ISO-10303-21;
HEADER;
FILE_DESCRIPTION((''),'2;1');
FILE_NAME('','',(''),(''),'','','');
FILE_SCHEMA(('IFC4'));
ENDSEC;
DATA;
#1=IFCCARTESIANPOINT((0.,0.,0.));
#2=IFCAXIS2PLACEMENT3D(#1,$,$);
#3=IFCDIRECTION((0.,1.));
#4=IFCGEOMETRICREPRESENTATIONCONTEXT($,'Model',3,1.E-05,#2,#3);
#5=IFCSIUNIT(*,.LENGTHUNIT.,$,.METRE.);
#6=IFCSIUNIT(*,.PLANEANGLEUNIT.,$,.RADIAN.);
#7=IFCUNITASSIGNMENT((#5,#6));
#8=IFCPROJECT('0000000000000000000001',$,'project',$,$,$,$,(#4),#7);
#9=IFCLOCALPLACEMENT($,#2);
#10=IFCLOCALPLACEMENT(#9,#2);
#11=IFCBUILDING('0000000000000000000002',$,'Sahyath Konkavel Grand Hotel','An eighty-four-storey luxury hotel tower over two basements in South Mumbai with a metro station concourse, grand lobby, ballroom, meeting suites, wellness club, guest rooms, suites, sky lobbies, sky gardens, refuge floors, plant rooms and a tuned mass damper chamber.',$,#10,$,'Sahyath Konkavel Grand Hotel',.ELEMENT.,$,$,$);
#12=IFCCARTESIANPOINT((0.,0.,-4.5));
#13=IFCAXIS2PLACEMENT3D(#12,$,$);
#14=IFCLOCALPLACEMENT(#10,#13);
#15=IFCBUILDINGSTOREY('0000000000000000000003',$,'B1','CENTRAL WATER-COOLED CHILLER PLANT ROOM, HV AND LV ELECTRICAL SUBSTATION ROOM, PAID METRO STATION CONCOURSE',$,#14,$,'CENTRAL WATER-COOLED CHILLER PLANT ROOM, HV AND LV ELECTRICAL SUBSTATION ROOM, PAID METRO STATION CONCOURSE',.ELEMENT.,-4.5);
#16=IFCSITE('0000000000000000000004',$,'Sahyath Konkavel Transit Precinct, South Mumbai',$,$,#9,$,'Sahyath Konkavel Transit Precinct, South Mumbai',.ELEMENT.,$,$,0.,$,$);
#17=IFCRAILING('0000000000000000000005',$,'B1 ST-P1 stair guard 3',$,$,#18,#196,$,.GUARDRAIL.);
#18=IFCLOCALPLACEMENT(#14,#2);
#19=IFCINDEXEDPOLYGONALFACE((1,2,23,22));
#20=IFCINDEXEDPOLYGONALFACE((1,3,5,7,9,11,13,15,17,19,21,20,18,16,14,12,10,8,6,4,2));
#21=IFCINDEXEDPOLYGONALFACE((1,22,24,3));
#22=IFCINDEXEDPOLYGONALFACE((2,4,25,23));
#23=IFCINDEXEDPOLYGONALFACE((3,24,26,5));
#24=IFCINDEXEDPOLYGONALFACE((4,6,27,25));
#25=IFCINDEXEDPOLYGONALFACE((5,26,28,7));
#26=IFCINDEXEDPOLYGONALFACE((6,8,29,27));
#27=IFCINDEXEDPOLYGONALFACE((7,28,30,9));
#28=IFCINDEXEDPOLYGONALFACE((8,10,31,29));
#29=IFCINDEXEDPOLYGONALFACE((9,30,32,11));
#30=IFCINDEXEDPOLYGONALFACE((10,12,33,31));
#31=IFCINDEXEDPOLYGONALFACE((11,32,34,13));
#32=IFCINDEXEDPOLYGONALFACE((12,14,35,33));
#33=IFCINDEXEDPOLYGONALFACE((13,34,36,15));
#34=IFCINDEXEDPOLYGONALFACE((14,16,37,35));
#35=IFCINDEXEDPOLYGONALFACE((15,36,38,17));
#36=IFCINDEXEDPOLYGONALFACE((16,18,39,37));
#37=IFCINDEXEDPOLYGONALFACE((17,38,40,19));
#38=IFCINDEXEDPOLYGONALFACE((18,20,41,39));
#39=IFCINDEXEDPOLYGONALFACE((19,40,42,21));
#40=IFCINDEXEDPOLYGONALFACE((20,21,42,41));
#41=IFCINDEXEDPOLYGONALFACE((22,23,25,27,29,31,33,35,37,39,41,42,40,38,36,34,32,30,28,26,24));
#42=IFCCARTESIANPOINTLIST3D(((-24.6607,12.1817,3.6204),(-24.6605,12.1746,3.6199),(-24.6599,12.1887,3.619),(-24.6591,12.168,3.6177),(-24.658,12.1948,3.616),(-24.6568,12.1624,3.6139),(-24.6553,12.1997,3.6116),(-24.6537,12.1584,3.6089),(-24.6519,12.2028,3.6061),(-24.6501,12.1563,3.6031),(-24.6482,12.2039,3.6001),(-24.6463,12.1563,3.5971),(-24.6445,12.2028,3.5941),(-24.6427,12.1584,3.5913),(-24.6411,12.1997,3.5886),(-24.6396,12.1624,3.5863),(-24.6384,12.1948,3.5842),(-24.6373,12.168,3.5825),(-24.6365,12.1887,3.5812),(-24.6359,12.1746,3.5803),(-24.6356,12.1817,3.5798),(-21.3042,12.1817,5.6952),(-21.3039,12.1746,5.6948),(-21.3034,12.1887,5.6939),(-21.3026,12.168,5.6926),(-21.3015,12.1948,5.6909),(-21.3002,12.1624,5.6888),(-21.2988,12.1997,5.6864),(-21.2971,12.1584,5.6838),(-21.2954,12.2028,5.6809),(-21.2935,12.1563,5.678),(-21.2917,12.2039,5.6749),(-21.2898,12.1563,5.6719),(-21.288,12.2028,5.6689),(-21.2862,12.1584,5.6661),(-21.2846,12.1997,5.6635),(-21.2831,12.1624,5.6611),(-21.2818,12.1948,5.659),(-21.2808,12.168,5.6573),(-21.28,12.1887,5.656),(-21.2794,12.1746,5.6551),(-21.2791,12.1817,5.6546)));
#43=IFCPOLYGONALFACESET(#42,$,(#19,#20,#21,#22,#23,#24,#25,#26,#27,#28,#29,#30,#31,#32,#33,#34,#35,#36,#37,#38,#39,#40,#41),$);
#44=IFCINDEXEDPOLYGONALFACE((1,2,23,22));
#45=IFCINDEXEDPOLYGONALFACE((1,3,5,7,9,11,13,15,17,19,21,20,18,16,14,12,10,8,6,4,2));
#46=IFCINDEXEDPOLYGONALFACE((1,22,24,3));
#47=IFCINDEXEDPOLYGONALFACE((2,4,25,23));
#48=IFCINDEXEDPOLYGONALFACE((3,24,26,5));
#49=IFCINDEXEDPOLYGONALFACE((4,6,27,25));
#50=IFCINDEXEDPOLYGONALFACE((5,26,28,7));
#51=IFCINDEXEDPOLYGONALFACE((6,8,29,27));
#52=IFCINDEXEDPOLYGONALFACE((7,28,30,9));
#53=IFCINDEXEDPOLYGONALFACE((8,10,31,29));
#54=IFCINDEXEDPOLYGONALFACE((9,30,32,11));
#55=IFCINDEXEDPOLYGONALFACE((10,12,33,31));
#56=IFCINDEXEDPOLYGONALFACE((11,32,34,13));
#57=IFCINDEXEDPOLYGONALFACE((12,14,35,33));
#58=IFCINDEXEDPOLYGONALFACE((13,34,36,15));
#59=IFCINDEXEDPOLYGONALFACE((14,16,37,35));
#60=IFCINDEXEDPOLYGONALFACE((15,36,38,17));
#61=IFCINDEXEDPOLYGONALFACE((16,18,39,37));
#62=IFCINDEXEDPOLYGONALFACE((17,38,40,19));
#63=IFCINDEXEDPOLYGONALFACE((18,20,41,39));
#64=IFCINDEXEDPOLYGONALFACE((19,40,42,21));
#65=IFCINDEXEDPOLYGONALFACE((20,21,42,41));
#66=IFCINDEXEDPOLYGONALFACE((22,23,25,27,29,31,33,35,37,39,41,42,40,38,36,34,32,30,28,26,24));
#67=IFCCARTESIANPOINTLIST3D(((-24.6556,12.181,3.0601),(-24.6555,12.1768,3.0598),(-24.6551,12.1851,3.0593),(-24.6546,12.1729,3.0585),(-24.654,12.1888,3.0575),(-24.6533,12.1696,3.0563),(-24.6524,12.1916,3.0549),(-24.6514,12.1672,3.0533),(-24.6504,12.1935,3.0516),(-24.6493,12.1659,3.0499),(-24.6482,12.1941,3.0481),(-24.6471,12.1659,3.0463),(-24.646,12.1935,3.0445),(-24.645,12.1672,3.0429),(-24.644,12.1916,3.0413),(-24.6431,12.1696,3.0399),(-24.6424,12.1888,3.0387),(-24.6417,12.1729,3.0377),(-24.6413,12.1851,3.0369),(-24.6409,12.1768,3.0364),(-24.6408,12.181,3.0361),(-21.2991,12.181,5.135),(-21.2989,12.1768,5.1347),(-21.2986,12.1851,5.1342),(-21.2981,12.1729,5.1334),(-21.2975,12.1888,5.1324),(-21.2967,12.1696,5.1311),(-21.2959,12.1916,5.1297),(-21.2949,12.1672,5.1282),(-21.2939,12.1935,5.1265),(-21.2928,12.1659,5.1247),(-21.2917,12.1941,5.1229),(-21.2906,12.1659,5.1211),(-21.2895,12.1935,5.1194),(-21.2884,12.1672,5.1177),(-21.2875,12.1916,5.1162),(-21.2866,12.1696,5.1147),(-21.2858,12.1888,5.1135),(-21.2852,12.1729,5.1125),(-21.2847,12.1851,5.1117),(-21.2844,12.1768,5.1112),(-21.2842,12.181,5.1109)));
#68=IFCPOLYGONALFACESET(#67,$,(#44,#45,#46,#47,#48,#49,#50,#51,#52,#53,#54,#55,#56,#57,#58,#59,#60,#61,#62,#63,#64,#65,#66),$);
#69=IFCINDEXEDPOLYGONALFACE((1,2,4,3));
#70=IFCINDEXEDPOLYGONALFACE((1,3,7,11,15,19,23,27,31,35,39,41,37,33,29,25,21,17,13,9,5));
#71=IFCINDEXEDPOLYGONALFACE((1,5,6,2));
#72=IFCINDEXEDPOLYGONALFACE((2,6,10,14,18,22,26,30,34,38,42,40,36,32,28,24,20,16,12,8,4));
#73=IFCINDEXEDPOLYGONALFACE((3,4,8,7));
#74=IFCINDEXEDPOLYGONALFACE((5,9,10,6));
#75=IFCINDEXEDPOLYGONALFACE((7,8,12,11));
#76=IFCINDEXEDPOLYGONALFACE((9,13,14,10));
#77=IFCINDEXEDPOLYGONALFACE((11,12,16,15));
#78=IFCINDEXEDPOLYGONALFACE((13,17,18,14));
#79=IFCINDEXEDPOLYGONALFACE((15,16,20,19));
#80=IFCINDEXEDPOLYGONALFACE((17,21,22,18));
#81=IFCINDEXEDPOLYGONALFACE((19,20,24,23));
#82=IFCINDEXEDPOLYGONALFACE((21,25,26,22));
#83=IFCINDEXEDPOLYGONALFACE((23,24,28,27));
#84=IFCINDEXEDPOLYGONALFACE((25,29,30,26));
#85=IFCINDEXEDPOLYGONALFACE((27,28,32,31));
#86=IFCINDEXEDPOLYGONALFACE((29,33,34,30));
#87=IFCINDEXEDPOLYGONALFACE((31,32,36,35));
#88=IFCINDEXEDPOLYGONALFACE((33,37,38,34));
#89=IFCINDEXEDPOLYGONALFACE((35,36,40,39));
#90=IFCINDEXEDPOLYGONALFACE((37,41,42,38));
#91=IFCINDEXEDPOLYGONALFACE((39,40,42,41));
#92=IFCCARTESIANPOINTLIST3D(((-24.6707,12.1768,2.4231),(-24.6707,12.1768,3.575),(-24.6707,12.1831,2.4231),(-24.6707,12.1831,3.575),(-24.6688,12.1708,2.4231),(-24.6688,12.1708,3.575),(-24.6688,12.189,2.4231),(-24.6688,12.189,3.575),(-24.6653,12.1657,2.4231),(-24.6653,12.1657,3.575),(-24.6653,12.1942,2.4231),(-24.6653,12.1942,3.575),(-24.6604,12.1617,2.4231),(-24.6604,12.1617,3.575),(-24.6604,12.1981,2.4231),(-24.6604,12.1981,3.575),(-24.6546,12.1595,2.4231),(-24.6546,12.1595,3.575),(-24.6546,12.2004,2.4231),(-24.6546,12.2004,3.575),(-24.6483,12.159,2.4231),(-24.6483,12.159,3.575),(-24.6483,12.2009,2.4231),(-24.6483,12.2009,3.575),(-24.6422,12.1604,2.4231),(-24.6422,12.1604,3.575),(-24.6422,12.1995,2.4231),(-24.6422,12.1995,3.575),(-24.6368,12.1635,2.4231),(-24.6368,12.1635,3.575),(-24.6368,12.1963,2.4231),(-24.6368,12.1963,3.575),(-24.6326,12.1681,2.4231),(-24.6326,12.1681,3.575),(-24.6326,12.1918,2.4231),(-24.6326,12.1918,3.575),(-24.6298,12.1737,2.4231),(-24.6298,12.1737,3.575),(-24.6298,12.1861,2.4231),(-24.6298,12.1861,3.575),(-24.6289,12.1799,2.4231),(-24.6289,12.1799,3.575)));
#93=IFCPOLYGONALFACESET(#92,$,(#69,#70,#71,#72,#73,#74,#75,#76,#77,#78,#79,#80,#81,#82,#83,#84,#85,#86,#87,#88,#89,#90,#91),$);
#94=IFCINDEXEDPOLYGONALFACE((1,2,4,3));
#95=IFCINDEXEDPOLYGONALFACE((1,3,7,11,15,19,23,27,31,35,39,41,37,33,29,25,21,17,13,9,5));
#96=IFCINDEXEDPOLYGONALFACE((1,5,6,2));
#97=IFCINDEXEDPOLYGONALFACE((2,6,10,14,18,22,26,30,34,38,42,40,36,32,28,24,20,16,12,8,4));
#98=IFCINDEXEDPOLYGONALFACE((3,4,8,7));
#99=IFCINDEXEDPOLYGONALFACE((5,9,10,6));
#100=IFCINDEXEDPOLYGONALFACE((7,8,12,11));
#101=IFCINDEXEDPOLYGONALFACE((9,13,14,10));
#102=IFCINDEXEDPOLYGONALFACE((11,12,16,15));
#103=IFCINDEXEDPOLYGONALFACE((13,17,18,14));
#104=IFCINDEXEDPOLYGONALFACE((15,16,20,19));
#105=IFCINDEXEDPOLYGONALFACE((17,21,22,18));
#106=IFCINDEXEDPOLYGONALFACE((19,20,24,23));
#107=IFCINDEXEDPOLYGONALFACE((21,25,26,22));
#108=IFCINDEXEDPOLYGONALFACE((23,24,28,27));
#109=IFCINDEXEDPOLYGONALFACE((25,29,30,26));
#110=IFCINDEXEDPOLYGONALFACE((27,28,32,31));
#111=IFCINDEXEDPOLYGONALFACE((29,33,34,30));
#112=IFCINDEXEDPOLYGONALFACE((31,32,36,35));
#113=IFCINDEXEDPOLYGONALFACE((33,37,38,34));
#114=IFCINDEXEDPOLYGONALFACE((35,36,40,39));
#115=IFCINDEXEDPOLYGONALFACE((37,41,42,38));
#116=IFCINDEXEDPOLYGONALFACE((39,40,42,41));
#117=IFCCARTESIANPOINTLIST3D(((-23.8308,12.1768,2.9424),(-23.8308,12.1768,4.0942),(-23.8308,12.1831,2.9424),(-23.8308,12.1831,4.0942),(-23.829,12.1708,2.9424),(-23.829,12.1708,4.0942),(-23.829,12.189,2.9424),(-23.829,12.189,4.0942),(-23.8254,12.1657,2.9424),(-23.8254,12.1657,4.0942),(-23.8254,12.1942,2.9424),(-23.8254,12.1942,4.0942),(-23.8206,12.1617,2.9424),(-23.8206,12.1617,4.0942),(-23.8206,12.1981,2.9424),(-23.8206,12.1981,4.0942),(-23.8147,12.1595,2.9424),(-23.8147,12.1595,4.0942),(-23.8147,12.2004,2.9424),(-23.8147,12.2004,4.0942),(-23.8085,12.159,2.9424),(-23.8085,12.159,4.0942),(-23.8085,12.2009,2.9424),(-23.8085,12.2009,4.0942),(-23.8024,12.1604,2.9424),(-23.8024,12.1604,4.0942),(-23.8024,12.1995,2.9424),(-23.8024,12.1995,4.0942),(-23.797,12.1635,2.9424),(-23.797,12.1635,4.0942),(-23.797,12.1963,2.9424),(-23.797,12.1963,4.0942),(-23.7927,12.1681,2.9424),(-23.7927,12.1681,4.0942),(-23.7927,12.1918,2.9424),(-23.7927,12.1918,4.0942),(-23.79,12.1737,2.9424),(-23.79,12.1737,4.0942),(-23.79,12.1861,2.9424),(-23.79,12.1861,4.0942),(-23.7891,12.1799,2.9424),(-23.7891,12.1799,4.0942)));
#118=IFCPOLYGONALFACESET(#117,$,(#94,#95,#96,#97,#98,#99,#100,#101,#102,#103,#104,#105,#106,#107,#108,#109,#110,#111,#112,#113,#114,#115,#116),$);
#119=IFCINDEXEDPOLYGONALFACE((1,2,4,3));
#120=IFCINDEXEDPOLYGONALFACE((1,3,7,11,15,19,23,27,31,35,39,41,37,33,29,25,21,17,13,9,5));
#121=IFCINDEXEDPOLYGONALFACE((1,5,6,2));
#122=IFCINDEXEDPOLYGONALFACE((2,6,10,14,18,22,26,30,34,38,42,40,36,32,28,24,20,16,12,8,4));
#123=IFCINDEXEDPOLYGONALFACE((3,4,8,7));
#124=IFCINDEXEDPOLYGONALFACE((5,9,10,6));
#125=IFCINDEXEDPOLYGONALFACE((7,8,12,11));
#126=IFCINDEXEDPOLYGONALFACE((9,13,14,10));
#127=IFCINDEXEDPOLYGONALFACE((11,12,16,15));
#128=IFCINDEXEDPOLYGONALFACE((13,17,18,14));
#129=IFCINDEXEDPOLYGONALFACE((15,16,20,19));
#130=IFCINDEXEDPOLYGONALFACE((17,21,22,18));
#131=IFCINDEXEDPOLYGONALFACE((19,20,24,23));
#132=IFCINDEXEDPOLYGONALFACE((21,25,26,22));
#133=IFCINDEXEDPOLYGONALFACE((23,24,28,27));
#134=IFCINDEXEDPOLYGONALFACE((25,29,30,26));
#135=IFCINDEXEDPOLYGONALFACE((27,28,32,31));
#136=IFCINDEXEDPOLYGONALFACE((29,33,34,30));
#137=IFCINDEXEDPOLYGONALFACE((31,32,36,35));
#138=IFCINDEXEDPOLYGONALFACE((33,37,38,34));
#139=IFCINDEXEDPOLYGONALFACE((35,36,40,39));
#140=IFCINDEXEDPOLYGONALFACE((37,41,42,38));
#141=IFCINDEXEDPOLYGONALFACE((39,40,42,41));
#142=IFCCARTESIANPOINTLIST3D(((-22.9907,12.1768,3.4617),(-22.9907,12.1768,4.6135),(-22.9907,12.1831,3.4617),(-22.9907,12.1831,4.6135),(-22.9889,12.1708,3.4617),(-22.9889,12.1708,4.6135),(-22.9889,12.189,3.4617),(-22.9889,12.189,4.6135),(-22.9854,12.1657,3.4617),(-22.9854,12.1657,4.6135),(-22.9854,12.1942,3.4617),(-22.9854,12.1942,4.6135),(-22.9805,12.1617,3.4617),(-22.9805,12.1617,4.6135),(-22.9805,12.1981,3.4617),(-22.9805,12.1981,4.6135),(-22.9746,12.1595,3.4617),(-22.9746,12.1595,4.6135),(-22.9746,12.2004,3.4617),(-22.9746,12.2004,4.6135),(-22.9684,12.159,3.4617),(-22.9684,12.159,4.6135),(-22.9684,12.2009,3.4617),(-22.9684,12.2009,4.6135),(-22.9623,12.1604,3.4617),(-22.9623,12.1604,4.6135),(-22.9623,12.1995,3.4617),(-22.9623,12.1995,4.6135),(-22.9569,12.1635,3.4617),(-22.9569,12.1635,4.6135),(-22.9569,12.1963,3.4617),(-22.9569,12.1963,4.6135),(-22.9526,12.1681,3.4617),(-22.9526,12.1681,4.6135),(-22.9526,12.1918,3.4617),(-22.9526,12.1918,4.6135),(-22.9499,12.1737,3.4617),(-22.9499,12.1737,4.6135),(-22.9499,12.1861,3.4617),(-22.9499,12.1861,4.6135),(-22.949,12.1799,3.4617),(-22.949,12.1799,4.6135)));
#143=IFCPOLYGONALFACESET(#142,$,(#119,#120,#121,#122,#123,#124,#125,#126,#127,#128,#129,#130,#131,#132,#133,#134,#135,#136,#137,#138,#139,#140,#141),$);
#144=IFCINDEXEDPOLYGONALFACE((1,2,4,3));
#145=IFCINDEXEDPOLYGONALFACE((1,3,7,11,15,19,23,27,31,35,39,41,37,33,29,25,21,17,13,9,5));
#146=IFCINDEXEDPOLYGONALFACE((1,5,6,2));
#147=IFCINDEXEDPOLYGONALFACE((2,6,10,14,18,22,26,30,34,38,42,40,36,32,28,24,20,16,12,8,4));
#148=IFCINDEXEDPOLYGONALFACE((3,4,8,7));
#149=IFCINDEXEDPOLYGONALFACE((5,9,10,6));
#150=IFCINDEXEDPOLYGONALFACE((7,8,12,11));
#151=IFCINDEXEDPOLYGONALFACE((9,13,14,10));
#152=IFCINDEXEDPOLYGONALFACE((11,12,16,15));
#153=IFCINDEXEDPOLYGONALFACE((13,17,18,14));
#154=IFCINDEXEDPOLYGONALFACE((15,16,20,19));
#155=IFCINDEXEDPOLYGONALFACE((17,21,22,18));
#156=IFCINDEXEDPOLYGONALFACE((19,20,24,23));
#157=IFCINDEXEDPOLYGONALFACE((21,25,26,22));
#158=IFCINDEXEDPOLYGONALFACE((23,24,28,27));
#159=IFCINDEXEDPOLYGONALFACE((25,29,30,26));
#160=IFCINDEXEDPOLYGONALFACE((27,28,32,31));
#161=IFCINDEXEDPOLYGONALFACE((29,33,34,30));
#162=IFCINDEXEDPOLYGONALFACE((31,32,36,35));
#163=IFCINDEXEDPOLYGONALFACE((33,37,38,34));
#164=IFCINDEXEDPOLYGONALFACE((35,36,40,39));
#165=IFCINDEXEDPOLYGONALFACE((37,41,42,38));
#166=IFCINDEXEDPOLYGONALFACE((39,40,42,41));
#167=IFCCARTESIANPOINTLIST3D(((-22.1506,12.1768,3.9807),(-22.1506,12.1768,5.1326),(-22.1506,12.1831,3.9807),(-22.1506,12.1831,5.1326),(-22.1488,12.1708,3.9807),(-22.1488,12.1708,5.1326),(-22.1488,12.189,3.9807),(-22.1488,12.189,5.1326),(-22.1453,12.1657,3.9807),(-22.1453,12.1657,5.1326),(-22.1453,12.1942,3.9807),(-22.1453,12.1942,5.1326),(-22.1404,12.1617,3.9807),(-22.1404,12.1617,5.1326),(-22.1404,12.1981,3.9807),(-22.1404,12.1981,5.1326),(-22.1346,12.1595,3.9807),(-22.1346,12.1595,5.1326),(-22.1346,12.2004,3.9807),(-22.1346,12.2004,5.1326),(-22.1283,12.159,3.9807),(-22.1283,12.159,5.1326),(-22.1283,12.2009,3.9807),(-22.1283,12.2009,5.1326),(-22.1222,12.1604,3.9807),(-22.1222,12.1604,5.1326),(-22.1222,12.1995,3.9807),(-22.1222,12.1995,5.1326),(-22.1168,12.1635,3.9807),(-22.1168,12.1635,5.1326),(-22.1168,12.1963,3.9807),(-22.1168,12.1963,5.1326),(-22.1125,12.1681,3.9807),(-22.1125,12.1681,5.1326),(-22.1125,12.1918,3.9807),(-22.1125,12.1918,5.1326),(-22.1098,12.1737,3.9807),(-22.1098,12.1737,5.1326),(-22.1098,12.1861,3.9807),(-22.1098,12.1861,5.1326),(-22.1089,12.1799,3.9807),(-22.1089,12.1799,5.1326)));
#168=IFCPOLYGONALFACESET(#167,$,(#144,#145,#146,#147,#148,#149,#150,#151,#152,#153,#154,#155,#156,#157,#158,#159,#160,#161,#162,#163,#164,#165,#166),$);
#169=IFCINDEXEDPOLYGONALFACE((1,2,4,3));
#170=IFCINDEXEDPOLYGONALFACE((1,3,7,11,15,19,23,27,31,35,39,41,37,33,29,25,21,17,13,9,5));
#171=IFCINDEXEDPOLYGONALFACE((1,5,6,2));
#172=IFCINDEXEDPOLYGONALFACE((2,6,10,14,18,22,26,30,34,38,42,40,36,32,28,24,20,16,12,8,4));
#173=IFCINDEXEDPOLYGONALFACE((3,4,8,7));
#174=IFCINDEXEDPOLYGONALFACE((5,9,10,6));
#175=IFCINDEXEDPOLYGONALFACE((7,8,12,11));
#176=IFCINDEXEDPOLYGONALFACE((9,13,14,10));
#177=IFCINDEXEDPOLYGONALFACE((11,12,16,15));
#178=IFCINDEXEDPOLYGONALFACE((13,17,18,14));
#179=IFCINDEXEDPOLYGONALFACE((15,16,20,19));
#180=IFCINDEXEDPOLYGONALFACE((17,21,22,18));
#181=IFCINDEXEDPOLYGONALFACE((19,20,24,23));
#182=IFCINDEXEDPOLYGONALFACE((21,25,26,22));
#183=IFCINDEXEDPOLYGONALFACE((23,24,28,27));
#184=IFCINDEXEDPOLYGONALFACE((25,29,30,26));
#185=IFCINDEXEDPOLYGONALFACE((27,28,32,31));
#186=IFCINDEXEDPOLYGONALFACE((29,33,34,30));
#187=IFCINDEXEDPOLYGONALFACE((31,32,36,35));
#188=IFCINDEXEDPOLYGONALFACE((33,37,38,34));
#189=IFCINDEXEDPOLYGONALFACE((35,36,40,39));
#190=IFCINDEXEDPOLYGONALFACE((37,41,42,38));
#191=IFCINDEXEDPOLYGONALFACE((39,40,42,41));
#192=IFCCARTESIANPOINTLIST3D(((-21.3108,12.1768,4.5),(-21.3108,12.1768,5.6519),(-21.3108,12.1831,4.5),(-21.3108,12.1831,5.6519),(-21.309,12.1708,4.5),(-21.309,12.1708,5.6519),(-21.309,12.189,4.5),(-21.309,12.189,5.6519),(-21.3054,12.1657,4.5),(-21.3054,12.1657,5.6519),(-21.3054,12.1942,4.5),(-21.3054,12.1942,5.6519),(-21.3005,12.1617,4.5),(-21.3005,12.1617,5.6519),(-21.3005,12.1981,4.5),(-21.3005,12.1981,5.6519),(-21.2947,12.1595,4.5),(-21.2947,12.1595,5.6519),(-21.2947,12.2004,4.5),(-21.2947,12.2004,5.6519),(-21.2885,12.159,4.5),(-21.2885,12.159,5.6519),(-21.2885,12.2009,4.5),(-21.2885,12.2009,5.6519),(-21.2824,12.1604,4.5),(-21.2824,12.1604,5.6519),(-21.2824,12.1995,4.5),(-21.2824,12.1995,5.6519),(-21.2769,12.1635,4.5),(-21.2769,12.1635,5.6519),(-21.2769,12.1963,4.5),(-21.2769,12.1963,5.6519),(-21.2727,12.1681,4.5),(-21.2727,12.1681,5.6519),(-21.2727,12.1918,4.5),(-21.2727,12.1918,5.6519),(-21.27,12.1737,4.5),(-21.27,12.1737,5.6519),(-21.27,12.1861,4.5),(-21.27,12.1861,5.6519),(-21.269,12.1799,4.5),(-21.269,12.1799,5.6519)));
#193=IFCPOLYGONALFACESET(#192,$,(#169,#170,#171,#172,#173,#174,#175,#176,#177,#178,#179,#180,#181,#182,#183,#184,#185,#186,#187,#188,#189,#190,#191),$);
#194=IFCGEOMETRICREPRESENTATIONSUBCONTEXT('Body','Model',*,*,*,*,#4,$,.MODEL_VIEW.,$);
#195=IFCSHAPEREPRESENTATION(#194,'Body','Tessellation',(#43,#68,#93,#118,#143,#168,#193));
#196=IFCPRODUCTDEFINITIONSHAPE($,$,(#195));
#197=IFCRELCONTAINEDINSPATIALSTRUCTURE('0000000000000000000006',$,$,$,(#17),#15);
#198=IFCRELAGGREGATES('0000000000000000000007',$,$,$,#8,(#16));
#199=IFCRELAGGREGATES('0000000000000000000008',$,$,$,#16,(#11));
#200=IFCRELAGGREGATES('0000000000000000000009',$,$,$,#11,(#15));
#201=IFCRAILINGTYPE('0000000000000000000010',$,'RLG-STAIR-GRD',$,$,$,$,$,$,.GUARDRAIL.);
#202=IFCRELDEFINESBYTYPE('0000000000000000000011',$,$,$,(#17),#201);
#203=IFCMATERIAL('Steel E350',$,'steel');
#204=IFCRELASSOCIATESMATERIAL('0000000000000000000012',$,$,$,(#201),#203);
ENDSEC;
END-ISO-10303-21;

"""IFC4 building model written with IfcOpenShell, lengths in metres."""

from ifc_helpers import new_model, si_unit, direction, frame, origin, origin_2d, place, context, subcontext, project, spatial, circle, extrude, material, type_object, element, save


model = new_model("IFC4")

# Units and contexts
model_context = context("Model", 3, precision=1e-05, world=origin(), true_north=direction((0.0, 1.0)))
body_context = subcontext(model_context, "Body", "Model", "MODEL_VIEW")
ifc_project = project(units=[si_unit("LENGTHUNIT", "METRE"), si_unit("PLANEANGLEUNIT", "RADIAN")], contexts=[model_context])

# Site, building, storey
site_placement = place(None, origin())
site = spatial("IfcSite", under=ifc_project, at=site_placement, Name="Sahyath Konkavel Transit Precinct, South Mumbai", LongName="Sahyath Konkavel Transit Precinct, South Mumbai", CompositionType="ELEMENT", RefElevation=0.0)
building_placement = place(site_placement, origin())
building = spatial("IfcBuilding", under=site, at=building_placement, Name="Sahyath Konkavel Grand Hotel", Description="An eighty-four-storey luxury hotel tower over two basements in South Mumbai with a metro station concourse, grand lobby, ballroom, meeting suites, wellness club, guest rooms, suites, sky lobbies, sky gardens, refuge floors, plant rooms and a tuned mass damper chamber.", LongName="Sahyath Konkavel Grand Hotel", CompositionType="ELEMENT")
storey_placement = place(building_placement, frame((0.0, 0.0, -4.5)))
storey = spatial("IfcBuildingStorey", under=building, at=storey_placement, Name="B1", Description="CENTRAL WATER-COOLED CHILLER PLANT ROOM, HV AND LV ELECTRICAL SUBSTATION ROOM, PAID METRO STATION CONCOURSE", LongName="CENTRAL WATER-COOLED CHILLER PLANT ROOM, HV AND LV ELECTRICAL SUBSTATION ROOM, PAID METRO STATION CONCOURSE", CompositionType="ELEMENT", Elevation=-4.5)

# Shared definitions
ifc_material_1 = material(Name="Steel E350", Category="steel")

# Railing
railing_type_1 = type_object("IfcRailingType", Name="RLG-STAIR-GRD", PredefinedType="GUARDRAIL", material=ifc_material_1)
railing_1_placement = place(storey_placement, frame((-24.6499, 12.1799, 2.4231)))
element("IfcRailing", 1, at=railing_1_placement, inside=storey, type_object=railing_type_1, Name="B1 ST-P1 stair guard 3", PredefinedType="GUARDRAIL", context=body_context, shape_type="SweptSolid", body=[
    extrude(circle(Radius=0.0239, at=origin_2d()), frame((0.0017, 0.0, 1.177), z_axis=(0.850606, 0.0, 0.525803), x_axis=(0.0, 1.0, 0.0)), (0.0, 0.0, 1.0), 3.946),
    extrude(circle(Radius=0.0142, at=origin_2d()), frame((0.0017, 0.0, 0.625), z_axis=(0.850606, 0.0, 0.525803), x_axis=(0.0, 1.0, 0.0)), (0.0, 0.0, 1.0), 3.946),
    extrude(circle(Radius=0.021, at=origin_2d()), origin(), (0.0, 0.0, 1.0), 1.1519),
    extrude(circle(Radius=0.021, at=origin_2d()), frame((0.8398, 0.0, 0.5193)), (0.0, 0.0, 1.0), 1.1519),
    extrude(circle(Radius=0.021, at=origin_2d()), frame((1.6799, 0.0, 1.0386)), (0.0, 0.0, 1.0), 1.1519),
    extrude(circle(Radius=0.021, at=origin_2d()), frame((2.52, 0.0, 1.5576)), (0.0, 0.0, 1.0), 1.1519),
    extrude(circle(Radius=0.021, at=origin_2d()), frame((3.3599, 0.0, 2.0769)), (0.0, 0.0, 1.0), 1.1519),
])

save(model, "model.ifc")
